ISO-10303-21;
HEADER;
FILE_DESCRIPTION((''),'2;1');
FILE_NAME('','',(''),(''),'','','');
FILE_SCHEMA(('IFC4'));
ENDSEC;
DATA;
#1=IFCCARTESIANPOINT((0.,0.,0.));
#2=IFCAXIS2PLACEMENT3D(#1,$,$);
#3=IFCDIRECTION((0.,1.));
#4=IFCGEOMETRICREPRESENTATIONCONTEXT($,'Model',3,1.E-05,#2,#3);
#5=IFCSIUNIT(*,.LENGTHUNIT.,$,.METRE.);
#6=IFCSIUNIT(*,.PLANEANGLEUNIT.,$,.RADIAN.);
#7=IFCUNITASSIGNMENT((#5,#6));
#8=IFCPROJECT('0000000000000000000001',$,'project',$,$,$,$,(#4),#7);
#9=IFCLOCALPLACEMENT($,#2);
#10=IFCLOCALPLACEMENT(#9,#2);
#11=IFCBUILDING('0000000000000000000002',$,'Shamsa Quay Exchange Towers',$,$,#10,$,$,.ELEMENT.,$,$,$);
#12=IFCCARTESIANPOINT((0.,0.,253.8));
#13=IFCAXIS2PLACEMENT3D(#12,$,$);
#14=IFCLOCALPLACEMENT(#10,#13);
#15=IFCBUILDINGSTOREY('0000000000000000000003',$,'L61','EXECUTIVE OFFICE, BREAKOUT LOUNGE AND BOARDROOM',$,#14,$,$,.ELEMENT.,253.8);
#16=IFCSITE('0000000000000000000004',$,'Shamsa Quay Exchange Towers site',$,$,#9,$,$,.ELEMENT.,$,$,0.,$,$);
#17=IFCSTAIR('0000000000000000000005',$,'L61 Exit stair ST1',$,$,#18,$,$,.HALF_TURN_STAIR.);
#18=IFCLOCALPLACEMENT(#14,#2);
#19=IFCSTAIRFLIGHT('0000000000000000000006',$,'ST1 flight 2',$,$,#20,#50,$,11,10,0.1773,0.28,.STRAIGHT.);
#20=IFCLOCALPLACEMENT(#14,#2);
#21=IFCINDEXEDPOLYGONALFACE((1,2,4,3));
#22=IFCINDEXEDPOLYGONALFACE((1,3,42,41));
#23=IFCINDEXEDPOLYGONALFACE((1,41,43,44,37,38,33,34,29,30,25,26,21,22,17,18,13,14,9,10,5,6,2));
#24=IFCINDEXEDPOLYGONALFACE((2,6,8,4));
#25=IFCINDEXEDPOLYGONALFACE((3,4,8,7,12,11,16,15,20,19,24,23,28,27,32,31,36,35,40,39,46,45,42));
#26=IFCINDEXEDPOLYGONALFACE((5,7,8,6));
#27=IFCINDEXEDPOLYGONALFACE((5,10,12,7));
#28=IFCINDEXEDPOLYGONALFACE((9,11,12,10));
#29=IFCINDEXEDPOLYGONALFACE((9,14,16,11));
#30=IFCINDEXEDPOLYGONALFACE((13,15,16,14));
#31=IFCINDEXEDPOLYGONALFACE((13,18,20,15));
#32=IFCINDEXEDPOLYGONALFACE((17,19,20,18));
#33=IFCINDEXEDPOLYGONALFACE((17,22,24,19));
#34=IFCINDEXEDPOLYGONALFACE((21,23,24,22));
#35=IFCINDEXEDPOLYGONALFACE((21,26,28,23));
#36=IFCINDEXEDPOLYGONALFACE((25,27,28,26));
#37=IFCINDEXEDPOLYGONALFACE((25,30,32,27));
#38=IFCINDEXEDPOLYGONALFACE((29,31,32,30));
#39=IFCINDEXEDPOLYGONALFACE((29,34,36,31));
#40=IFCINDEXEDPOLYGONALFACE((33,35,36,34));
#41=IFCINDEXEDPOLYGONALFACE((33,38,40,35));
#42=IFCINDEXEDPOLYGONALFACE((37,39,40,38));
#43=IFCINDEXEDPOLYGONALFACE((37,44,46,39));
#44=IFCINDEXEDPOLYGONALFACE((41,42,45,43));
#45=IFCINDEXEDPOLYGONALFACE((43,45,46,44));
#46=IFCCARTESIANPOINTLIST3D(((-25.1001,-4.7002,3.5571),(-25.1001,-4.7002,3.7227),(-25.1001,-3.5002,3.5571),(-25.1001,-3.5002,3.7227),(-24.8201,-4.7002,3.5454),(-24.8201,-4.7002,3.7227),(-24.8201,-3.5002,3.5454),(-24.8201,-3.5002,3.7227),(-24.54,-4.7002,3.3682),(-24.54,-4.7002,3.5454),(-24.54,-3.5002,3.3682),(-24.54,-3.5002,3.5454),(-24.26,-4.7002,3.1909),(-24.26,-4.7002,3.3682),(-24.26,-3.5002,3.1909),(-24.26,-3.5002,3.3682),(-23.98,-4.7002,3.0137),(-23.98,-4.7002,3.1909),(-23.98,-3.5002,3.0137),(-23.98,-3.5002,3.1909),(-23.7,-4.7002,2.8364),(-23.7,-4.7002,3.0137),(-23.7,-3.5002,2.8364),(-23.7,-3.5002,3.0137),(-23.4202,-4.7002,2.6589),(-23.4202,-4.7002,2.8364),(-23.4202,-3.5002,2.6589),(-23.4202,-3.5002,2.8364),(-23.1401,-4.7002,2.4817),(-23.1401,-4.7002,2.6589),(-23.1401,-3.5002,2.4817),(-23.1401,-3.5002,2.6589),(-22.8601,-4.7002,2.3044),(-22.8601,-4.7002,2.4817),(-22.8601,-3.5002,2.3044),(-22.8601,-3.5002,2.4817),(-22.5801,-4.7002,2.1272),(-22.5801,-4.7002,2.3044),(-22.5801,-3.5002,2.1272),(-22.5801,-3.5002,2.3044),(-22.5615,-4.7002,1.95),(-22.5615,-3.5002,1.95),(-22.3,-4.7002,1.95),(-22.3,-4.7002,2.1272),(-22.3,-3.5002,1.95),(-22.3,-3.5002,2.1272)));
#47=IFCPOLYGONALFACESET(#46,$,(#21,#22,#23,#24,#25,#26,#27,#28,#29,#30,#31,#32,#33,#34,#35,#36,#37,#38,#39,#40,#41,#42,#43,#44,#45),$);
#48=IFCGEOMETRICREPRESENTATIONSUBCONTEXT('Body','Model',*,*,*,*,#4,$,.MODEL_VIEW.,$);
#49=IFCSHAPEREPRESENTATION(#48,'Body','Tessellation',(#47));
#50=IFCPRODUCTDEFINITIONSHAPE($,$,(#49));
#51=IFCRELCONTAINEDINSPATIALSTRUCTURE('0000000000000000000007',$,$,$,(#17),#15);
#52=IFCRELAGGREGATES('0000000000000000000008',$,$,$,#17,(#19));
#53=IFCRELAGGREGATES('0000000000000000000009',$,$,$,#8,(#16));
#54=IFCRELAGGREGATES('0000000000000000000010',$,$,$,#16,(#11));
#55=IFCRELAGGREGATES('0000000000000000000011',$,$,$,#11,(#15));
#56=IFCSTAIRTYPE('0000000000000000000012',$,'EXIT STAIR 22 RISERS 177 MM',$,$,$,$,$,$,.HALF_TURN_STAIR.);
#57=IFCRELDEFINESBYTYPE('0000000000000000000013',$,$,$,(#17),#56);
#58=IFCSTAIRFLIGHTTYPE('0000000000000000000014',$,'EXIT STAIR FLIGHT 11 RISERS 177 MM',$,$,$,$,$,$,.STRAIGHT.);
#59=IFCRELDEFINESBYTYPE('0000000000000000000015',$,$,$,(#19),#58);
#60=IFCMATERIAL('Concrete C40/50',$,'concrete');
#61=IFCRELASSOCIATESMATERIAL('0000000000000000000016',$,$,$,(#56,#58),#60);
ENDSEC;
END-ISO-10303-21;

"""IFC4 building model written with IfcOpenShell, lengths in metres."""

from ifc_helpers import new_model, si_unit, direction, frame, origin, place, context, subcontext, project, spatial, polyline, outline, extrude, material, type_object, element, aggregate, save


model = new_model("IFC4")

# Units and contexts
model_context = context("Model", 3, precision=1e-05, world=origin(), true_north=direction((0.0, 1.0)))
body_context = subcontext(model_context, "Body", "Model", "MODEL_VIEW")
ifc_project = project(units=[si_unit("LENGTHUNIT", "METRE"), si_unit("PLANEANGLEUNIT", "RADIAN")], contexts=[model_context])

# Site, building, storey
site_placement = place(None, origin())
site = spatial("IfcSite", under=ifc_project, at=site_placement, Name="Shamsa Quay Exchange Towers site", CompositionType="ELEMENT", RefElevation=0.0)
building_placement = place(site_placement, origin())
building = spatial("IfcBuilding", under=site, at=building_placement, Name="Shamsa Quay Exchange Towers", CompositionType="ELEMENT")
storey_placement = place(building_placement, frame((0.0, 0.0, 253.8)))
storey = spatial("IfcBuildingStorey", under=building, at=storey_placement, Name="L61", Description="EXECUTIVE OFFICE, BREAKOUT LOUNGE AND BOARDROOM", CompositionType="ELEMENT", Elevation=253.8)

# Stair, stair flight
ifc_material_1 = material(Name="Concrete C40/50", Category="concrete")
stair_type = type_object("IfcStairType", Name="EXIT STAIR 22 RISERS 177 MM", PredefinedType="HALF_TURN_STAIR", material=ifc_material_1)
stair_placement = place(storey_placement, origin())
stair = element("IfcStair", 1, at=stair_placement, inside=storey, type_object=stair_type, Name="L61 Exit stair ST1", PredefinedType="HALF_TURN_STAIR")
stair_flight_type = type_object("IfcStairFlightType", Name="EXIT STAIR FLIGHT 11 RISERS 177 MM", PredefinedType="STRAIGHT", material=ifc_material_1)
stair_flight_1_placement = place(storey_placement, frame((-22.3, -4.1001, 1.95), z_axis=(0.0, 0.0, 1.0), x_axis=(-1.0, 0.0, 0.0)))
stair_flight_1 = element("IfcStairFlight", 2, at=stair_flight_1_placement, type_object=stair_flight_type, Name="ST1 flight 2", NumberOfRisers=11, NumberOfTreads=10, PredefinedType="STRAIGHT", RiserHeight=0.1773, TreadLength=0.28, context=body_context, shape_type="SweptSolid", body=[
    extrude(outline(polyline([(0.0, 0.0), (0.0, 0.1772), (0.28, 0.1772), (0.28, 0.3545), (0.5601, 0.3545), (0.5601, 0.5317), (0.8401, 0.5317), (0.8401, 0.709), (1.1201, 0.709), (1.1201, 0.8865), (1.3999, 0.8865), (1.3999, 1.0637), (1.6799, 1.0637), (1.6799, 1.241), (1.96, 1.241), (1.96, 1.4182), (2.24, 1.4182), (2.24, 1.5955), (2.52, 1.5955), (2.52, 1.7727), (2.8, 1.7727), (2.8, 1.95), (2.8, 1.6072), (0.2615, 0.0), (0.0, 0.0)])), frame((0.0, 0.6001, 0.0), z_axis=(0.0, -1.0, 0.0), x_axis=(1.0, 0.0, 0.0)), (0.0, 0.0, 1.0), 1.2),
])
aggregate(stair, [stair_flight_1])

save(model, "model.ifc")
